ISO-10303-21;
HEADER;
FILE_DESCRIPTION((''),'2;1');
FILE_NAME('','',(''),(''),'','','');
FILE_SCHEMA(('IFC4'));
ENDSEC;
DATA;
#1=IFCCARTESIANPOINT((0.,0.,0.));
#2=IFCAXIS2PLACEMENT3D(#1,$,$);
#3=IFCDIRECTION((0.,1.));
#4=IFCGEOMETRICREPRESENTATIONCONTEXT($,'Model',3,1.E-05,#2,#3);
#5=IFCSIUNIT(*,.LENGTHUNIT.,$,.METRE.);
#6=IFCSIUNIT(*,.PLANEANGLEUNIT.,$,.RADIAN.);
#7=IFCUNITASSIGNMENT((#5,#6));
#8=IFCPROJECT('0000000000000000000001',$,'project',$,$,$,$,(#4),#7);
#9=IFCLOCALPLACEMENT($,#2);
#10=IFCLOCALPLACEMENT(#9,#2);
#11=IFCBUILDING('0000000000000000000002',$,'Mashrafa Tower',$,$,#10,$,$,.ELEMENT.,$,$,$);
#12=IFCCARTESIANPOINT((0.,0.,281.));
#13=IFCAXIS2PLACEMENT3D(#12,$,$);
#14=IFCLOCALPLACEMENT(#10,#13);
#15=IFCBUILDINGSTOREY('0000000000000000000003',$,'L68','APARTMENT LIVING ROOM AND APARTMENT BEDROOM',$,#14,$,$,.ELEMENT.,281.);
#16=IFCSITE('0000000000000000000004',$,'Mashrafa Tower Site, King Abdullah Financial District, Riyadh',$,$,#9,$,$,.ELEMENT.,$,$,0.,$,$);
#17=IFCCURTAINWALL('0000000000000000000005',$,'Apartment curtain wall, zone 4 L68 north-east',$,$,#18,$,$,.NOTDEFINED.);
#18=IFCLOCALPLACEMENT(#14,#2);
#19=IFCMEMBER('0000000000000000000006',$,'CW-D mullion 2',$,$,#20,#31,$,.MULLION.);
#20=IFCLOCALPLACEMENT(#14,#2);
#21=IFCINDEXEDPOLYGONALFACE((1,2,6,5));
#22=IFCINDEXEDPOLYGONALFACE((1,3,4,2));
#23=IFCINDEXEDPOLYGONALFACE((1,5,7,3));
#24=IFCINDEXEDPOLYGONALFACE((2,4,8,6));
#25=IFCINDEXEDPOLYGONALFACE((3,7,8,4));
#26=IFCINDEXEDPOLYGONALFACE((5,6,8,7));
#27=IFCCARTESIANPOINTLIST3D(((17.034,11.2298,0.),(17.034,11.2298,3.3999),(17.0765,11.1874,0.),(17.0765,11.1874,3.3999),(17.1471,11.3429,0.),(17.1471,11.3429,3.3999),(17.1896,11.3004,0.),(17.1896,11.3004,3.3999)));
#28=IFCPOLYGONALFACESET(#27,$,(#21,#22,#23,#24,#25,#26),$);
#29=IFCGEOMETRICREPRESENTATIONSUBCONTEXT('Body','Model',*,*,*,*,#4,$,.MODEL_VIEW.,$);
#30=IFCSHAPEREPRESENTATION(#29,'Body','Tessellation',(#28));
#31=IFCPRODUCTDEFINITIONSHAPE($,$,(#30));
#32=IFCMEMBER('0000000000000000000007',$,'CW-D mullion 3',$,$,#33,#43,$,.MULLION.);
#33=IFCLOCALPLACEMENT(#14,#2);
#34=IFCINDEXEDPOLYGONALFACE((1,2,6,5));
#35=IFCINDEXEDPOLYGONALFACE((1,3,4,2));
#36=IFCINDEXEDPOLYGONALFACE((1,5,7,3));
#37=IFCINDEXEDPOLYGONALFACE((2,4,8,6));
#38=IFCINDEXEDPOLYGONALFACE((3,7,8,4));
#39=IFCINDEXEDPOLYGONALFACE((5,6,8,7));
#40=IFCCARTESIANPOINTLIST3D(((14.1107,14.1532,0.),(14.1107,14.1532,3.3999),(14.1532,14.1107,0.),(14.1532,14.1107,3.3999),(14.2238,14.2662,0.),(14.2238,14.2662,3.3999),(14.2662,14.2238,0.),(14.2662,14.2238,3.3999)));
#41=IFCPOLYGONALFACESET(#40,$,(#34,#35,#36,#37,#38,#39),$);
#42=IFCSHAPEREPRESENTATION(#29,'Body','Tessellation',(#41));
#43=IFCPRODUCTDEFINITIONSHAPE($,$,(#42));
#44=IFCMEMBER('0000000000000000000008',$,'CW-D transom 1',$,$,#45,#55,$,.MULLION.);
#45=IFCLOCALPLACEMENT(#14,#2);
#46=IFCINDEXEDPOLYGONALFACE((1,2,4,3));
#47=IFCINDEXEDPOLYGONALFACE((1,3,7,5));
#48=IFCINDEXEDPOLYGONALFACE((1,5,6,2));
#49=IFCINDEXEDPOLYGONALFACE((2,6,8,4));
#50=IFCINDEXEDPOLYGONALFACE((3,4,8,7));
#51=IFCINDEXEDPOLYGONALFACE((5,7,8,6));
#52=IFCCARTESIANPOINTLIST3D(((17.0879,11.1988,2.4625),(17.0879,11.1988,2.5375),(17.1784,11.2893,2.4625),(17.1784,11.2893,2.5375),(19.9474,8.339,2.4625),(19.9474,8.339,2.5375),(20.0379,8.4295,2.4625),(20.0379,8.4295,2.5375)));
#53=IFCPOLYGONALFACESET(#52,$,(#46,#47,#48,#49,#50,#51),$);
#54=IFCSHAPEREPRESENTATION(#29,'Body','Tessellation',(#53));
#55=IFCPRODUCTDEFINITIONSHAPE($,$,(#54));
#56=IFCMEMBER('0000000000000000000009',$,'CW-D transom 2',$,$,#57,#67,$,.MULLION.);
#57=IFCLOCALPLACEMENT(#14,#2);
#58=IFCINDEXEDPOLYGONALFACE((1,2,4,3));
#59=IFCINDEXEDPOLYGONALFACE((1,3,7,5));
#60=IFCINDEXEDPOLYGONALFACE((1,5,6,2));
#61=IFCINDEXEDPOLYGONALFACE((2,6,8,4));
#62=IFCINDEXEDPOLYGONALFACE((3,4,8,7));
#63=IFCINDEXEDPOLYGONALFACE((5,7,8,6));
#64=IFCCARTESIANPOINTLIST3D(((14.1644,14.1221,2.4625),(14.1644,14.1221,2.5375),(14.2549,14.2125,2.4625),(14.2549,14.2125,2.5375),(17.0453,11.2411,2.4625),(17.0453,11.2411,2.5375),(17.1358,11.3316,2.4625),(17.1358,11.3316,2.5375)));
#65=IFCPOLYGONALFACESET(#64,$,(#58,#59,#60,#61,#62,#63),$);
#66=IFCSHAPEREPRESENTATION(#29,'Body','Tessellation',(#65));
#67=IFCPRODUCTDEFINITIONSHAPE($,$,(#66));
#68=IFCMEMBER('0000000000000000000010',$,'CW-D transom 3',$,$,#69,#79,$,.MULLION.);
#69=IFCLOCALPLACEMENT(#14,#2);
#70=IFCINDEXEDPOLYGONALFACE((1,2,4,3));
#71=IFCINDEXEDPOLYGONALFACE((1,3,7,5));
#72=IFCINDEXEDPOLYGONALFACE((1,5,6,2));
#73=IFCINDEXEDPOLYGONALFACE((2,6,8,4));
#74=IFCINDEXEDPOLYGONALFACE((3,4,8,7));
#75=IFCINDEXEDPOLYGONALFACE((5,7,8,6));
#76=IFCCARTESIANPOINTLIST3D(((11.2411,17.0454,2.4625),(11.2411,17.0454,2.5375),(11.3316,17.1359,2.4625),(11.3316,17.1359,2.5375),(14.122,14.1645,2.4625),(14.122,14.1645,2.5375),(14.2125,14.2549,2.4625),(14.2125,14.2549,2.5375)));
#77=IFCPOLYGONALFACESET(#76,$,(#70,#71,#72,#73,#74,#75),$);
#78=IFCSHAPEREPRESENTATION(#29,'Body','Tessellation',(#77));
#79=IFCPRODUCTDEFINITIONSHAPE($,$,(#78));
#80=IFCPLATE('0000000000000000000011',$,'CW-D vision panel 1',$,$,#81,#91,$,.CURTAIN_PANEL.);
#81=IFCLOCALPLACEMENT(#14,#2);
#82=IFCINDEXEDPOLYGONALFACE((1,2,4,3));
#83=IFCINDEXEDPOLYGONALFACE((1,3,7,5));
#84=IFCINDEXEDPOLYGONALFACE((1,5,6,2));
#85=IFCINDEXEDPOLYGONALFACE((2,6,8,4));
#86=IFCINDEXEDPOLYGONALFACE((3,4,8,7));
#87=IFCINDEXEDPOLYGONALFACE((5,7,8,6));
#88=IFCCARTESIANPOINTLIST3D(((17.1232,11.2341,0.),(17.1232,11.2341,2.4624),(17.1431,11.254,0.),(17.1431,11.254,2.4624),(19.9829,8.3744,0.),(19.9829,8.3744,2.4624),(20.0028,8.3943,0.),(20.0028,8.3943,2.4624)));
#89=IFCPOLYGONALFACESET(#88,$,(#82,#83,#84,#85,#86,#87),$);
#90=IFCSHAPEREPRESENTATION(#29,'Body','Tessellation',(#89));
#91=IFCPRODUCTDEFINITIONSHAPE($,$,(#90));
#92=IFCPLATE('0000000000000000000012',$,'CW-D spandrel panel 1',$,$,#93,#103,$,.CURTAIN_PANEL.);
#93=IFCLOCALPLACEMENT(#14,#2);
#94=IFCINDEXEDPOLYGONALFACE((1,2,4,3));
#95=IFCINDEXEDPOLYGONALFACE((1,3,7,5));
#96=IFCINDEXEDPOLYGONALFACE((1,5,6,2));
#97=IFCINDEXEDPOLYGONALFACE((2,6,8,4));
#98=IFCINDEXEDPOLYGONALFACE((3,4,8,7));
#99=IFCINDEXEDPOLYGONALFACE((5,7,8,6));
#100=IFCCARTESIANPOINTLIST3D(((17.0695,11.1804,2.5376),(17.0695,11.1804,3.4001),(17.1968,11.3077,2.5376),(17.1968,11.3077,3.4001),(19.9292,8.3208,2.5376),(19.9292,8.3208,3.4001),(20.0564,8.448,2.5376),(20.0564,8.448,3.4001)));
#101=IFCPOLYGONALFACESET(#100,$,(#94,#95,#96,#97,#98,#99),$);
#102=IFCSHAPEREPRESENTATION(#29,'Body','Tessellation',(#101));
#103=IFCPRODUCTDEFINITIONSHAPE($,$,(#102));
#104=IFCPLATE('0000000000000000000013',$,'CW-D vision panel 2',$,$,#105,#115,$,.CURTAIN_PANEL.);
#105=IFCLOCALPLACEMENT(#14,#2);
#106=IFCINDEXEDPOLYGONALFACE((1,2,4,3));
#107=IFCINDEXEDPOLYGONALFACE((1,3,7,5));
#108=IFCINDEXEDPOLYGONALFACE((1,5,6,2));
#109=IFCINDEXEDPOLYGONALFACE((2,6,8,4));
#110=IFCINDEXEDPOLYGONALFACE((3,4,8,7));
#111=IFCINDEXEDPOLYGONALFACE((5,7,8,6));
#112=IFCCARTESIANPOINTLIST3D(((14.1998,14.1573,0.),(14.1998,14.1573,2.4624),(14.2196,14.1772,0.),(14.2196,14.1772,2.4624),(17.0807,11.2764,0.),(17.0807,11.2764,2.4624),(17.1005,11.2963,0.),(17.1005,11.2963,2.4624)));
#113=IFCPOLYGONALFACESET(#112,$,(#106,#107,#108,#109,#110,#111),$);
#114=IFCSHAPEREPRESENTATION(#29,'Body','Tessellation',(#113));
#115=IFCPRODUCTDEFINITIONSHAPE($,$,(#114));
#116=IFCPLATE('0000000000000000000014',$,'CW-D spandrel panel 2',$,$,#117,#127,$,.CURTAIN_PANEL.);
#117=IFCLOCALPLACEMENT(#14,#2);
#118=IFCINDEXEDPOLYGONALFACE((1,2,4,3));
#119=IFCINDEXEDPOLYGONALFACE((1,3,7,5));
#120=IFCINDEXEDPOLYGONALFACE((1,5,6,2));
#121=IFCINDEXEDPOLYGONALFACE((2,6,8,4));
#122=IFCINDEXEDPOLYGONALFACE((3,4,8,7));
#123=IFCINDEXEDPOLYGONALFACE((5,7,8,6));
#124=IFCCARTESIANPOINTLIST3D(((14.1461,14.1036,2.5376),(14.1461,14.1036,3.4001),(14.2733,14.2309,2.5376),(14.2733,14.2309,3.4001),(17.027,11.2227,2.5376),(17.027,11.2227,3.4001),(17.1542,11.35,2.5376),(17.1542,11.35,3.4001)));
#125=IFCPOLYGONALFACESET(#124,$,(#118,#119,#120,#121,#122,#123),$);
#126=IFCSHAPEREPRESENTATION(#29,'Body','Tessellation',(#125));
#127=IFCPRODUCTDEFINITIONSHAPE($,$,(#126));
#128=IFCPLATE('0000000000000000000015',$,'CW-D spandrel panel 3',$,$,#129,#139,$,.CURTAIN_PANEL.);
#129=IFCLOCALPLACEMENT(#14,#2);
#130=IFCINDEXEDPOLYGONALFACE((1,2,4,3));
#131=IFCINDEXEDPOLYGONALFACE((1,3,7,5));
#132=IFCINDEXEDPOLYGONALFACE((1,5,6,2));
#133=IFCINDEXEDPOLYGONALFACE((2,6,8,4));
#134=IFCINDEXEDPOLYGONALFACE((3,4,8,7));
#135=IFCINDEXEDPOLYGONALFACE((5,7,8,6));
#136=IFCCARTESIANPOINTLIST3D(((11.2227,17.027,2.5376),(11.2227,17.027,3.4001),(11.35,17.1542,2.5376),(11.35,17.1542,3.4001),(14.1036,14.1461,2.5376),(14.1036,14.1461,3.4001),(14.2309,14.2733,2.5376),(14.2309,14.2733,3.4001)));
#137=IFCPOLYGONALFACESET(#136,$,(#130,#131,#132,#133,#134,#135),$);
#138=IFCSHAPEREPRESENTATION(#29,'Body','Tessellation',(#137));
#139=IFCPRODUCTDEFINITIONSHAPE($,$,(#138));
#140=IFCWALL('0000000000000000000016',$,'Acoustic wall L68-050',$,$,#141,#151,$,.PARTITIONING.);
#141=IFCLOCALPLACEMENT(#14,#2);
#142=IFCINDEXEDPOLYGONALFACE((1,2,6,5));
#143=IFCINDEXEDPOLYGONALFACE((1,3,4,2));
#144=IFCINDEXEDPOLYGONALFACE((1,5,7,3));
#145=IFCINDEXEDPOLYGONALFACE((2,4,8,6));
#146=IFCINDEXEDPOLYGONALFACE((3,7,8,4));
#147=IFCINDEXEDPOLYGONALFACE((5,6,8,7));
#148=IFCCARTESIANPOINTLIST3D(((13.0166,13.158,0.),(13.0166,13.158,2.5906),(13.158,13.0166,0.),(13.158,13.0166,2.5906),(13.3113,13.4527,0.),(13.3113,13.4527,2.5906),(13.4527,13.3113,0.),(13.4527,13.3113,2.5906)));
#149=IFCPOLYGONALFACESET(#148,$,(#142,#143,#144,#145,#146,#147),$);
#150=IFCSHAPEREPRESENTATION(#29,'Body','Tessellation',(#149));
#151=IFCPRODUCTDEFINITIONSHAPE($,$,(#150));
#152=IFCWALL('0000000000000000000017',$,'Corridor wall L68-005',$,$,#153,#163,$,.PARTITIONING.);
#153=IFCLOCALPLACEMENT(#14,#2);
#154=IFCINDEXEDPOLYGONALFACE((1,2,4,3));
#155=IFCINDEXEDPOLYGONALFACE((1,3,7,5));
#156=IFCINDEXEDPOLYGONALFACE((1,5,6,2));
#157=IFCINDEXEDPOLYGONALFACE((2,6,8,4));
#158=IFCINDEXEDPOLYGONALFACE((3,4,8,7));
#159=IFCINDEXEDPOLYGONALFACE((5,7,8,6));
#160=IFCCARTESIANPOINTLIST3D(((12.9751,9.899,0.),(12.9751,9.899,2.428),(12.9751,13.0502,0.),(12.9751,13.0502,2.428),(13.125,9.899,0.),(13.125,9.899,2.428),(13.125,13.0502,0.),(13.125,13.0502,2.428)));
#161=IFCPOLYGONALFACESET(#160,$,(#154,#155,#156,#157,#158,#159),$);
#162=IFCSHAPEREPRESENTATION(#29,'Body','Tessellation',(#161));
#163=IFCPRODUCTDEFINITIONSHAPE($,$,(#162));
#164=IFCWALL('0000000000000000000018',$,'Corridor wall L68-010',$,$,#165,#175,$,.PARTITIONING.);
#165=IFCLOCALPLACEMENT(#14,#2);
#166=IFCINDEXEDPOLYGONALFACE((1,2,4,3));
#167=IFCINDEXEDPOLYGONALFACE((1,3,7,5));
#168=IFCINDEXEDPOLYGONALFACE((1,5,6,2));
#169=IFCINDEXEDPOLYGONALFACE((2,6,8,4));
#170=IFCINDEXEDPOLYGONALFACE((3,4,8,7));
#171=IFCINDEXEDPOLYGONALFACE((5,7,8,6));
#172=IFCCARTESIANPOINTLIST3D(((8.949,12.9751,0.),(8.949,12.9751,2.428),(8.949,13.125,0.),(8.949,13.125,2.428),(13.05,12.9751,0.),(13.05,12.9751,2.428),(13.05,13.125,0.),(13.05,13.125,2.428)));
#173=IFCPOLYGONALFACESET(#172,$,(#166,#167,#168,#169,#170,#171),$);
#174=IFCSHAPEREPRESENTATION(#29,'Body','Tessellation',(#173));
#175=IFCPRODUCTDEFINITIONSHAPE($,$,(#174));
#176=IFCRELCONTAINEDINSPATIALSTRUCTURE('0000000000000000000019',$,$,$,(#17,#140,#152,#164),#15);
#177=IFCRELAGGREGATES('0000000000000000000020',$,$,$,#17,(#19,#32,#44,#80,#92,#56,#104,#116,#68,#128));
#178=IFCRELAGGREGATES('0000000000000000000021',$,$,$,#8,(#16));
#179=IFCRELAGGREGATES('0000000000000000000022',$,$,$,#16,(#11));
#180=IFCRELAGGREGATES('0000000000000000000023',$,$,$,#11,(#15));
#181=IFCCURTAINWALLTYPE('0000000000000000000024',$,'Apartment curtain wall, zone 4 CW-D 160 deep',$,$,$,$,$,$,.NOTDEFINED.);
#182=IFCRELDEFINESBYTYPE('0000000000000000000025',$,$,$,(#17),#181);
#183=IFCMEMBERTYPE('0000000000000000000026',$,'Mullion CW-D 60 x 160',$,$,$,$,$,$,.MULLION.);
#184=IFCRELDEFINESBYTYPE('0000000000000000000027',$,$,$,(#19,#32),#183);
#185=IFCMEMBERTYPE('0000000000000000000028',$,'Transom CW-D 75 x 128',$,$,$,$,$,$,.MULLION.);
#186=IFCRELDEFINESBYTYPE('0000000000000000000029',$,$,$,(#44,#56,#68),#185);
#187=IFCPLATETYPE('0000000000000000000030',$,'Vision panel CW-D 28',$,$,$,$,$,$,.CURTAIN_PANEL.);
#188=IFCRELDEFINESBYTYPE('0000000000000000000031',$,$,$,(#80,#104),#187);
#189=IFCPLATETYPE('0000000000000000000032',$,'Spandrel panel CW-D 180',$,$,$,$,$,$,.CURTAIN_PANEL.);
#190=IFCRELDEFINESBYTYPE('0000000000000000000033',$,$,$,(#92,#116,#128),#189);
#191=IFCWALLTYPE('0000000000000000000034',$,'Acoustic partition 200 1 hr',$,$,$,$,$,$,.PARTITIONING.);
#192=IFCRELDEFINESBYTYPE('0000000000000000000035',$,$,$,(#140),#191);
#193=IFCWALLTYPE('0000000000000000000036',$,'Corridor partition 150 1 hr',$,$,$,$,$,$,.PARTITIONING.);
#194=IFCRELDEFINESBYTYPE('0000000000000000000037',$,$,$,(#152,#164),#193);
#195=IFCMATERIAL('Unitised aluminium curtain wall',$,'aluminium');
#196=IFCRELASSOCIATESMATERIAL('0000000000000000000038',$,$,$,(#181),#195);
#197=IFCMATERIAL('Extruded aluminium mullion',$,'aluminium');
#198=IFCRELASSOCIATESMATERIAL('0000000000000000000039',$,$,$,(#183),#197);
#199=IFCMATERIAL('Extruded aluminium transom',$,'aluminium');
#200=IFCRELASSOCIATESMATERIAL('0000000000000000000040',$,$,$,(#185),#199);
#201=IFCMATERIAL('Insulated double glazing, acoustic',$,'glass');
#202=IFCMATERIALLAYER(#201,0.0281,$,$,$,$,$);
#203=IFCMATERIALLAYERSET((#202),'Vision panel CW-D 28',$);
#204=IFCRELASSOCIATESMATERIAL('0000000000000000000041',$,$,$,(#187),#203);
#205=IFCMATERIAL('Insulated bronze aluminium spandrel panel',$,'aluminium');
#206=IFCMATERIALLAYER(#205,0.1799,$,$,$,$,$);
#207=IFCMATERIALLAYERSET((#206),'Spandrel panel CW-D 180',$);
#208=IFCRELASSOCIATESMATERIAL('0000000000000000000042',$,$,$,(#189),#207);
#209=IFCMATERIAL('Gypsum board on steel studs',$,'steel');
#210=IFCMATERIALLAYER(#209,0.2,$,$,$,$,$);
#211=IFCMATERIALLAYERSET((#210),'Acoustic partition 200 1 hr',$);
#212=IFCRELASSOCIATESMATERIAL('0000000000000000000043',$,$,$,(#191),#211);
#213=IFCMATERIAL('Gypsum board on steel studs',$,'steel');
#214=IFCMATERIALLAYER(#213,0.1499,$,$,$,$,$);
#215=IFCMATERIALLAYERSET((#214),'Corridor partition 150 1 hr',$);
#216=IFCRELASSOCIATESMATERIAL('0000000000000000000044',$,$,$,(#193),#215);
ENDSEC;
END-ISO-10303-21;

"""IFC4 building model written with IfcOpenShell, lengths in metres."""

from ifc_helpers import new_model, si_unit, direction, frame, frame_2d, origin, origin_2d, place, context, subcontext, project, spatial, rectangle, extrude, source, transform, mapped, material, layer, layer_set, material_profile, profile_set, type_object, type_shapes, element, aggregate, save


model = new_model("IFC4")

# Units and contexts
model_context = context("Model", 3, precision=1e-05, world=origin(), true_north=direction((0.0, 1.0)))
body_context = subcontext(model_context, "Body", "Model", "MODEL_VIEW")
ifc_project = project(units=[si_unit("LENGTHUNIT", "METRE"), si_unit("PLANEANGLEUNIT", "RADIAN")], contexts=[model_context])

# Site, building, storey
site_placement = place(None, origin())
site = spatial("IfcSite", under=ifc_project, at=site_placement, Name="Mashrafa Tower Site, King Abdullah Financial District, Riyadh", CompositionType="ELEMENT", RefElevation=0.0)
building_placement = place(site_placement, origin())
building = spatial("IfcBuilding", under=site, at=building_placement, Name="Mashrafa Tower", CompositionType="ELEMENT")
storey_placement = place(building_placement, frame((0.0, 0.0, 281.0)))
storey = spatial("IfcBuildingStorey", under=building, at=storey_placement, Name="L68", Description="APARTMENT LIVING ROOM AND APARTMENT BEDROOM", CompositionType="ELEMENT", Elevation=281.0)

# Shared definitions
ifc_material_1 = material(Name="Unitised aluminium curtain wall", Category="aluminium")
curtain_wall_type = type_object("IfcCurtainWallType", Name="Apartment curtain wall, zone 4 CW-D 160 deep", PredefinedType="NOTDEFINED", material=ifc_material_1)
ifc_material_2 = material(Name="Extruded aluminium mullion", Category="aluminium")
ifc_material_profile_1 = material_profile(ifc_material_2, rectangle(XDim=0.1599, YDim=0.0601, at=origin_2d()), Name="Mullion 60x160")
ifc_profile_set_1 = profile_set([ifc_material_profile_1], Name="Extruded aluminium mullion")
member_type_1 = type_object("IfcMemberType", Name="Mullion CW-D 60 x 160", PredefinedType="MULLION", material=ifc_profile_set_1)
shared_shape_1 = source(origin(), body_context, "Body", "SweptSolid", [
    extrude(rectangle(XDim=0.1599, YDim=0.0601, at=origin_2d()), origin(), (0.0, 0.0, 1.0), 3.3999),
])
type_shapes(member_type_1, [shared_shape_1])

# Curtain wall, members, plates
curtain_wall_1_placement = place(storey_placement, origin())
curtain_wall_1 = element("IfcCurtainWall", 1, at=curtain_wall_1_placement, inside=storey, type_object=curtain_wall_type, Name="Apartment curtain wall, zone 4 L68 north-east", PredefinedType="NOTDEFINED")
member_1_placement = place(storey_placement, frame((17.1118, 11.2651, 0.0), z_axis=(0.0, 0.0, 1.0), x_axis=(-0.707107, -0.707107, 0.0)))
member_1 = element("IfcMember", 2, at=member_1_placement, type_object=member_type_1, Name="CW-D mullion 2", PredefinedType="MULLION", context=body_context, shape_type="MappedRepresentation", body=[
    mapped(shared_shape_1, transform((0.0, 0.0, 0.0))),
])
member_2_placement = place(storey_placement, frame((14.1885, 14.1885, 0.0), z_axis=(0.0, 0.0, 1.0), x_axis=(-0.707107, -0.707107, 0.0)))
member_2 = element("IfcMember", 3, at=member_2_placement, type_object=member_type_1, Name="CW-D mullion 3", PredefinedType="MULLION", context=body_context, shape_type="MappedRepresentation", body=[
    mapped(shared_shape_1, transform((0.0, 0.0, 0.0))),
])
ifc_material_3 = material(Name="Extruded aluminium transom", Category="aluminium")
ifc_material_profile_2 = material_profile(ifc_material_3, rectangle(XDim=0.1279, YDim=0.075, at=origin_2d()), Name="Transom 75x128")
ifc_profile_set_2 = profile_set([ifc_material_profile_2], Name="Extruded aluminium transom")
member_type_2 = type_object("IfcMemberType", Name="Transom CW-D 75 x 128", PredefinedType="MULLION", material=ifc_profile_set_2)
shared_shape_2 = source(origin(), body_context, "Body", "SweptSolid", [
    extrude(rectangle(XDim=0.1279, YDim=0.075, at=origin_2d()), origin(), (0.0, 0.0, 1.0), 4.0442),
])
member_3_placement = place(storey_placement, frame((19.9927, 8.3843, 2.5), z_axis=(-0.707077, 0.707137, 0.0), x_axis=(-0.707137, -0.707077, 0.0)))
member_3 = element("IfcMember", 4, at=member_3_placement, type_object=member_type_2, Name="CW-D transom 1", PredefinedType="MULLION", context=body_context, shape_type="MappedRepresentation", body=[
    mapped(shared_shape_2, transform((0.0, 0.0, 0.0))),
])
shared_shape_3 = source(origin(), body_context, "Body", "SweptSolid", [
    extrude(rectangle(XDim=0.1279, YDim=0.075, at=origin_2d()), origin(), (0.0, 0.0, 1.0), 4.0742),
])
type_shapes(member_type_2, [shared_shape_2, shared_shape_3])
member_4_placement = place(storey_placement, frame((17.0906, 11.2864, 2.5), z_axis=(-0.707107, 0.707107, 0.0), x_axis=(-0.707107, -0.707107, 0.0)))
member_4 = element("IfcMember", 5, at=member_4_placement, type_object=member_type_2, Name="CW-D transom 2", PredefinedType="MULLION", context=body_context, shape_type="MappedRepresentation", body=[
    mapped(shared_shape_3, transform((0.0, 0.0, 0.0))),
])
member_5_placement = place(storey_placement, frame((14.1672, 14.2097, 2.5), z_axis=(-0.707107, 0.707107, 0.0), x_axis=(-0.707107, -0.707107, 0.0)))
member_5 = element("IfcMember", 6, at=member_5_placement, type_object=member_type_2, Name="CW-D transom 3", PredefinedType="MULLION", context=body_context, shape_type="MappedRepresentation", body=[
    mapped(shared_shape_3, transform((0.0, 0.0, 0.0))),
])
ifc_material_4 = material(Name="Insulated double glazing, acoustic", Category="glass")
ifc_layer_1 = layer(ifc_material_4, 0.0281)
ifc_layer_set_1 = layer_set([ifc_layer_1], Name="Vision panel CW-D 28")
plate_type_1 = type_object("IfcPlateType", Name="Vision panel CW-D 28", PredefinedType="CURTAIN_PANEL", material=ifc_layer_set_1)
shared_shape_4 = source(origin(), body_context, "Body", "SweptSolid", [
    extrude(rectangle(XDim=4.0442, YDim=0.0281, at=origin_2d()), origin(), (0.0, 0.0, 1.0), 2.4624),
])
plate_1_placement = place(storey_placement, frame((18.563, 9.8142, 0.0), z_axis=(0.0, 0.0, 1.0), x_axis=(-0.707107, 0.707107, 0.0)))
plate_1 = element("IfcPlate", 7, at=plate_1_placement, type_object=plate_type_1, Name="CW-D vision panel 1", PredefinedType="CURTAIN_PANEL", context=body_context, shape_type="MappedRepresentation", body=[
    mapped(shared_shape_4, transform((0.0, 0.0, 0.0))),
])
ifc_material_5 = material(Name="Insulated bronze aluminium spandrel panel", Category="aluminium")
ifc_layer_2 = layer(ifc_material_5, 0.1799)
ifc_layer_set_2 = layer_set([ifc_layer_2], Name="Spandrel panel CW-D 180")
plate_type_2 = type_object("IfcPlateType", Name="Spandrel panel CW-D 180", PredefinedType="CURTAIN_PANEL", material=ifc_layer_set_2)
shared_shape_5 = source(origin(), body_context, "Body", "SweptSolid", [
    extrude(rectangle(XDim=4.0442, YDim=0.1799, at=origin_2d()), origin(), (0.0, 0.0, 1.0), 0.8625),
])
plate_2_placement = place(storey_placement, frame((18.563, 9.8142, 2.5376), z_axis=(0.0, 0.0, 1.0), x_axis=(-0.707107, 0.707107, 0.0)))
plate_2 = element("IfcPlate", 8, at=plate_2_placement, type_object=plate_type_2, Name="CW-D spandrel panel 1", PredefinedType="CURTAIN_PANEL", context=body_context, shape_type="MappedRepresentation", body=[
    mapped(shared_shape_5, transform((0.0, 0.0, 0.0))),
])
shared_shape_6 = source(origin(), body_context, "Body", "SweptSolid", [
    extrude(rectangle(XDim=4.0742, YDim=0.0281, at=origin_2d()), origin(), (0.0, 0.0, 1.0), 2.4624),
])
type_shapes(plate_type_1, [shared_shape_4, shared_shape_6])
plate_3_placement = place(storey_placement, frame((15.6501, 12.7268, 0.0), z_axis=(0.0, 0.0, 1.0), x_axis=(-0.707107, 0.707107, 0.0)))
plate_3 = element("IfcPlate", 9, at=plate_3_placement, type_object=plate_type_1, Name="CW-D vision panel 2", PredefinedType="CURTAIN_PANEL", context=body_context, shape_type="MappedRepresentation", body=[
    mapped(shared_shape_6, transform((0.0, 0.0, 0.0))),
])
shared_shape_7 = source(origin(), body_context, "Body", "SweptSolid", [
    extrude(rectangle(XDim=4.0742, YDim=0.1799, at=origin_2d()), origin(), (0.0, 0.0, 1.0), 0.8625),
])
type_shapes(plate_type_2, [shared_shape_5, shared_shape_7])
plate_4_placement = place(storey_placement, frame((15.6501, 12.7268, 2.5376), z_axis=(0.0, 0.0, 1.0), x_axis=(-0.707107, 0.707107, 0.0)))
plate_4 = element("IfcPlate", 10, at=plate_4_placement, type_object=plate_type_2, Name="CW-D spandrel panel 2", PredefinedType="CURTAIN_PANEL", context=body_context, shape_type="MappedRepresentation", body=[
    mapped(shared_shape_7, transform((0.0, 0.0, 0.0))),
])
plate_5_placement = place(storey_placement, frame((12.7268, 15.6501, 2.5376), z_axis=(0.0, 0.0, 1.0), x_axis=(-0.707107, 0.707107, 0.0)))
plate_5 = element("IfcPlate", 11, at=plate_5_placement, type_object=plate_type_2, Name="CW-D spandrel panel 3", PredefinedType="CURTAIN_PANEL", context=body_context, shape_type="MappedRepresentation", body=[
    mapped(shared_shape_7, transform((0.0, 0.0, 0.0))),
])
aggregate(curtain_wall_1, [member_1, member_2, member_3, plate_1, plate_2, member_4, plate_3, plate_4, member_5, plate_5])

# Walls
ifc_material_6 = material(Name="Gypsum board on steel studs", Category="steel")
ifc_layer_3 = layer(ifc_material_6, 0.2)
ifc_layer_set_3 = layer_set([ifc_layer_3], Name="Acoustic partition 200 1 hr")
wall_type_1 = type_object("IfcWallType", Name="Acoustic partition 200 1 hr", PredefinedType="PARTITIONING", material=ifc_layer_set_3)
wall_1_placement = place(storey_placement, frame((13.3821, 13.3821, 0.0), z_axis=(0.0, 0.0, 1.0), x_axis=(-0.707107, -0.707107, 0.0)))
element("IfcWall", 12, at=wall_1_placement, inside=storey, type_object=wall_type_1, Name="Acoustic wall L68-050", PredefinedType="PARTITIONING", context=body_context, shape_type="SweptSolid", body=[
    extrude(rectangle(XDim=0.4167, YDim=0.2, at=frame_2d((0.2085, 0.0))), origin(), (0.0, 0.0, 1.0), 2.5906),
])
ifc_material_7 = material(Name="Gypsum board on steel studs", Category="steel")
ifc_layer_4 = layer(ifc_material_7, 0.1499)
ifc_layer_set_4 = layer_set([ifc_layer_4], Name="Corridor partition 150 1 hr")
wall_type_2 = type_object("IfcWallType", Name="Corridor partition 150 1 hr", PredefinedType="PARTITIONING", material=ifc_layer_set_4)
wall_2_placement = place(storey_placement, frame((13.05, 9.8989, 0.0), z_axis=(0.0, 0.0, 1.0), x_axis=(0.0, 1.0, 0.0)))
element("IfcWall", 13, at=wall_2_placement, inside=storey, type_object=wall_type_2, Name="Corridor wall L68-005", PredefinedType="PARTITIONING", context=body_context, shape_type="SweptSolid", body=[
    extrude(rectangle(XDim=3.1511, YDim=0.1499, at=frame_2d((1.5757, 0.0))), origin(), (0.0, 0.0, 1.0), 2.428),
])
wall_3_placement = place(storey_placement, frame((13.05, 13.05, 0.0), z_axis=(0.0, 0.0, 1.0), x_axis=(-1.0, 0.0, 0.0)))
element("IfcWall", 14, at=wall_3_placement, inside=storey, type_object=wall_type_2, Name="Corridor wall L68-010", PredefinedType="PARTITIONING", context=body_context, shape_type="SweptSolid", body=[
    extrude(rectangle(XDim=4.1011, YDim=0.1499, at=frame_2d((2.0505, 0.0))), origin(), (0.0, 0.0, 1.0), 2.428),
])

save(model, "model.ifc")
